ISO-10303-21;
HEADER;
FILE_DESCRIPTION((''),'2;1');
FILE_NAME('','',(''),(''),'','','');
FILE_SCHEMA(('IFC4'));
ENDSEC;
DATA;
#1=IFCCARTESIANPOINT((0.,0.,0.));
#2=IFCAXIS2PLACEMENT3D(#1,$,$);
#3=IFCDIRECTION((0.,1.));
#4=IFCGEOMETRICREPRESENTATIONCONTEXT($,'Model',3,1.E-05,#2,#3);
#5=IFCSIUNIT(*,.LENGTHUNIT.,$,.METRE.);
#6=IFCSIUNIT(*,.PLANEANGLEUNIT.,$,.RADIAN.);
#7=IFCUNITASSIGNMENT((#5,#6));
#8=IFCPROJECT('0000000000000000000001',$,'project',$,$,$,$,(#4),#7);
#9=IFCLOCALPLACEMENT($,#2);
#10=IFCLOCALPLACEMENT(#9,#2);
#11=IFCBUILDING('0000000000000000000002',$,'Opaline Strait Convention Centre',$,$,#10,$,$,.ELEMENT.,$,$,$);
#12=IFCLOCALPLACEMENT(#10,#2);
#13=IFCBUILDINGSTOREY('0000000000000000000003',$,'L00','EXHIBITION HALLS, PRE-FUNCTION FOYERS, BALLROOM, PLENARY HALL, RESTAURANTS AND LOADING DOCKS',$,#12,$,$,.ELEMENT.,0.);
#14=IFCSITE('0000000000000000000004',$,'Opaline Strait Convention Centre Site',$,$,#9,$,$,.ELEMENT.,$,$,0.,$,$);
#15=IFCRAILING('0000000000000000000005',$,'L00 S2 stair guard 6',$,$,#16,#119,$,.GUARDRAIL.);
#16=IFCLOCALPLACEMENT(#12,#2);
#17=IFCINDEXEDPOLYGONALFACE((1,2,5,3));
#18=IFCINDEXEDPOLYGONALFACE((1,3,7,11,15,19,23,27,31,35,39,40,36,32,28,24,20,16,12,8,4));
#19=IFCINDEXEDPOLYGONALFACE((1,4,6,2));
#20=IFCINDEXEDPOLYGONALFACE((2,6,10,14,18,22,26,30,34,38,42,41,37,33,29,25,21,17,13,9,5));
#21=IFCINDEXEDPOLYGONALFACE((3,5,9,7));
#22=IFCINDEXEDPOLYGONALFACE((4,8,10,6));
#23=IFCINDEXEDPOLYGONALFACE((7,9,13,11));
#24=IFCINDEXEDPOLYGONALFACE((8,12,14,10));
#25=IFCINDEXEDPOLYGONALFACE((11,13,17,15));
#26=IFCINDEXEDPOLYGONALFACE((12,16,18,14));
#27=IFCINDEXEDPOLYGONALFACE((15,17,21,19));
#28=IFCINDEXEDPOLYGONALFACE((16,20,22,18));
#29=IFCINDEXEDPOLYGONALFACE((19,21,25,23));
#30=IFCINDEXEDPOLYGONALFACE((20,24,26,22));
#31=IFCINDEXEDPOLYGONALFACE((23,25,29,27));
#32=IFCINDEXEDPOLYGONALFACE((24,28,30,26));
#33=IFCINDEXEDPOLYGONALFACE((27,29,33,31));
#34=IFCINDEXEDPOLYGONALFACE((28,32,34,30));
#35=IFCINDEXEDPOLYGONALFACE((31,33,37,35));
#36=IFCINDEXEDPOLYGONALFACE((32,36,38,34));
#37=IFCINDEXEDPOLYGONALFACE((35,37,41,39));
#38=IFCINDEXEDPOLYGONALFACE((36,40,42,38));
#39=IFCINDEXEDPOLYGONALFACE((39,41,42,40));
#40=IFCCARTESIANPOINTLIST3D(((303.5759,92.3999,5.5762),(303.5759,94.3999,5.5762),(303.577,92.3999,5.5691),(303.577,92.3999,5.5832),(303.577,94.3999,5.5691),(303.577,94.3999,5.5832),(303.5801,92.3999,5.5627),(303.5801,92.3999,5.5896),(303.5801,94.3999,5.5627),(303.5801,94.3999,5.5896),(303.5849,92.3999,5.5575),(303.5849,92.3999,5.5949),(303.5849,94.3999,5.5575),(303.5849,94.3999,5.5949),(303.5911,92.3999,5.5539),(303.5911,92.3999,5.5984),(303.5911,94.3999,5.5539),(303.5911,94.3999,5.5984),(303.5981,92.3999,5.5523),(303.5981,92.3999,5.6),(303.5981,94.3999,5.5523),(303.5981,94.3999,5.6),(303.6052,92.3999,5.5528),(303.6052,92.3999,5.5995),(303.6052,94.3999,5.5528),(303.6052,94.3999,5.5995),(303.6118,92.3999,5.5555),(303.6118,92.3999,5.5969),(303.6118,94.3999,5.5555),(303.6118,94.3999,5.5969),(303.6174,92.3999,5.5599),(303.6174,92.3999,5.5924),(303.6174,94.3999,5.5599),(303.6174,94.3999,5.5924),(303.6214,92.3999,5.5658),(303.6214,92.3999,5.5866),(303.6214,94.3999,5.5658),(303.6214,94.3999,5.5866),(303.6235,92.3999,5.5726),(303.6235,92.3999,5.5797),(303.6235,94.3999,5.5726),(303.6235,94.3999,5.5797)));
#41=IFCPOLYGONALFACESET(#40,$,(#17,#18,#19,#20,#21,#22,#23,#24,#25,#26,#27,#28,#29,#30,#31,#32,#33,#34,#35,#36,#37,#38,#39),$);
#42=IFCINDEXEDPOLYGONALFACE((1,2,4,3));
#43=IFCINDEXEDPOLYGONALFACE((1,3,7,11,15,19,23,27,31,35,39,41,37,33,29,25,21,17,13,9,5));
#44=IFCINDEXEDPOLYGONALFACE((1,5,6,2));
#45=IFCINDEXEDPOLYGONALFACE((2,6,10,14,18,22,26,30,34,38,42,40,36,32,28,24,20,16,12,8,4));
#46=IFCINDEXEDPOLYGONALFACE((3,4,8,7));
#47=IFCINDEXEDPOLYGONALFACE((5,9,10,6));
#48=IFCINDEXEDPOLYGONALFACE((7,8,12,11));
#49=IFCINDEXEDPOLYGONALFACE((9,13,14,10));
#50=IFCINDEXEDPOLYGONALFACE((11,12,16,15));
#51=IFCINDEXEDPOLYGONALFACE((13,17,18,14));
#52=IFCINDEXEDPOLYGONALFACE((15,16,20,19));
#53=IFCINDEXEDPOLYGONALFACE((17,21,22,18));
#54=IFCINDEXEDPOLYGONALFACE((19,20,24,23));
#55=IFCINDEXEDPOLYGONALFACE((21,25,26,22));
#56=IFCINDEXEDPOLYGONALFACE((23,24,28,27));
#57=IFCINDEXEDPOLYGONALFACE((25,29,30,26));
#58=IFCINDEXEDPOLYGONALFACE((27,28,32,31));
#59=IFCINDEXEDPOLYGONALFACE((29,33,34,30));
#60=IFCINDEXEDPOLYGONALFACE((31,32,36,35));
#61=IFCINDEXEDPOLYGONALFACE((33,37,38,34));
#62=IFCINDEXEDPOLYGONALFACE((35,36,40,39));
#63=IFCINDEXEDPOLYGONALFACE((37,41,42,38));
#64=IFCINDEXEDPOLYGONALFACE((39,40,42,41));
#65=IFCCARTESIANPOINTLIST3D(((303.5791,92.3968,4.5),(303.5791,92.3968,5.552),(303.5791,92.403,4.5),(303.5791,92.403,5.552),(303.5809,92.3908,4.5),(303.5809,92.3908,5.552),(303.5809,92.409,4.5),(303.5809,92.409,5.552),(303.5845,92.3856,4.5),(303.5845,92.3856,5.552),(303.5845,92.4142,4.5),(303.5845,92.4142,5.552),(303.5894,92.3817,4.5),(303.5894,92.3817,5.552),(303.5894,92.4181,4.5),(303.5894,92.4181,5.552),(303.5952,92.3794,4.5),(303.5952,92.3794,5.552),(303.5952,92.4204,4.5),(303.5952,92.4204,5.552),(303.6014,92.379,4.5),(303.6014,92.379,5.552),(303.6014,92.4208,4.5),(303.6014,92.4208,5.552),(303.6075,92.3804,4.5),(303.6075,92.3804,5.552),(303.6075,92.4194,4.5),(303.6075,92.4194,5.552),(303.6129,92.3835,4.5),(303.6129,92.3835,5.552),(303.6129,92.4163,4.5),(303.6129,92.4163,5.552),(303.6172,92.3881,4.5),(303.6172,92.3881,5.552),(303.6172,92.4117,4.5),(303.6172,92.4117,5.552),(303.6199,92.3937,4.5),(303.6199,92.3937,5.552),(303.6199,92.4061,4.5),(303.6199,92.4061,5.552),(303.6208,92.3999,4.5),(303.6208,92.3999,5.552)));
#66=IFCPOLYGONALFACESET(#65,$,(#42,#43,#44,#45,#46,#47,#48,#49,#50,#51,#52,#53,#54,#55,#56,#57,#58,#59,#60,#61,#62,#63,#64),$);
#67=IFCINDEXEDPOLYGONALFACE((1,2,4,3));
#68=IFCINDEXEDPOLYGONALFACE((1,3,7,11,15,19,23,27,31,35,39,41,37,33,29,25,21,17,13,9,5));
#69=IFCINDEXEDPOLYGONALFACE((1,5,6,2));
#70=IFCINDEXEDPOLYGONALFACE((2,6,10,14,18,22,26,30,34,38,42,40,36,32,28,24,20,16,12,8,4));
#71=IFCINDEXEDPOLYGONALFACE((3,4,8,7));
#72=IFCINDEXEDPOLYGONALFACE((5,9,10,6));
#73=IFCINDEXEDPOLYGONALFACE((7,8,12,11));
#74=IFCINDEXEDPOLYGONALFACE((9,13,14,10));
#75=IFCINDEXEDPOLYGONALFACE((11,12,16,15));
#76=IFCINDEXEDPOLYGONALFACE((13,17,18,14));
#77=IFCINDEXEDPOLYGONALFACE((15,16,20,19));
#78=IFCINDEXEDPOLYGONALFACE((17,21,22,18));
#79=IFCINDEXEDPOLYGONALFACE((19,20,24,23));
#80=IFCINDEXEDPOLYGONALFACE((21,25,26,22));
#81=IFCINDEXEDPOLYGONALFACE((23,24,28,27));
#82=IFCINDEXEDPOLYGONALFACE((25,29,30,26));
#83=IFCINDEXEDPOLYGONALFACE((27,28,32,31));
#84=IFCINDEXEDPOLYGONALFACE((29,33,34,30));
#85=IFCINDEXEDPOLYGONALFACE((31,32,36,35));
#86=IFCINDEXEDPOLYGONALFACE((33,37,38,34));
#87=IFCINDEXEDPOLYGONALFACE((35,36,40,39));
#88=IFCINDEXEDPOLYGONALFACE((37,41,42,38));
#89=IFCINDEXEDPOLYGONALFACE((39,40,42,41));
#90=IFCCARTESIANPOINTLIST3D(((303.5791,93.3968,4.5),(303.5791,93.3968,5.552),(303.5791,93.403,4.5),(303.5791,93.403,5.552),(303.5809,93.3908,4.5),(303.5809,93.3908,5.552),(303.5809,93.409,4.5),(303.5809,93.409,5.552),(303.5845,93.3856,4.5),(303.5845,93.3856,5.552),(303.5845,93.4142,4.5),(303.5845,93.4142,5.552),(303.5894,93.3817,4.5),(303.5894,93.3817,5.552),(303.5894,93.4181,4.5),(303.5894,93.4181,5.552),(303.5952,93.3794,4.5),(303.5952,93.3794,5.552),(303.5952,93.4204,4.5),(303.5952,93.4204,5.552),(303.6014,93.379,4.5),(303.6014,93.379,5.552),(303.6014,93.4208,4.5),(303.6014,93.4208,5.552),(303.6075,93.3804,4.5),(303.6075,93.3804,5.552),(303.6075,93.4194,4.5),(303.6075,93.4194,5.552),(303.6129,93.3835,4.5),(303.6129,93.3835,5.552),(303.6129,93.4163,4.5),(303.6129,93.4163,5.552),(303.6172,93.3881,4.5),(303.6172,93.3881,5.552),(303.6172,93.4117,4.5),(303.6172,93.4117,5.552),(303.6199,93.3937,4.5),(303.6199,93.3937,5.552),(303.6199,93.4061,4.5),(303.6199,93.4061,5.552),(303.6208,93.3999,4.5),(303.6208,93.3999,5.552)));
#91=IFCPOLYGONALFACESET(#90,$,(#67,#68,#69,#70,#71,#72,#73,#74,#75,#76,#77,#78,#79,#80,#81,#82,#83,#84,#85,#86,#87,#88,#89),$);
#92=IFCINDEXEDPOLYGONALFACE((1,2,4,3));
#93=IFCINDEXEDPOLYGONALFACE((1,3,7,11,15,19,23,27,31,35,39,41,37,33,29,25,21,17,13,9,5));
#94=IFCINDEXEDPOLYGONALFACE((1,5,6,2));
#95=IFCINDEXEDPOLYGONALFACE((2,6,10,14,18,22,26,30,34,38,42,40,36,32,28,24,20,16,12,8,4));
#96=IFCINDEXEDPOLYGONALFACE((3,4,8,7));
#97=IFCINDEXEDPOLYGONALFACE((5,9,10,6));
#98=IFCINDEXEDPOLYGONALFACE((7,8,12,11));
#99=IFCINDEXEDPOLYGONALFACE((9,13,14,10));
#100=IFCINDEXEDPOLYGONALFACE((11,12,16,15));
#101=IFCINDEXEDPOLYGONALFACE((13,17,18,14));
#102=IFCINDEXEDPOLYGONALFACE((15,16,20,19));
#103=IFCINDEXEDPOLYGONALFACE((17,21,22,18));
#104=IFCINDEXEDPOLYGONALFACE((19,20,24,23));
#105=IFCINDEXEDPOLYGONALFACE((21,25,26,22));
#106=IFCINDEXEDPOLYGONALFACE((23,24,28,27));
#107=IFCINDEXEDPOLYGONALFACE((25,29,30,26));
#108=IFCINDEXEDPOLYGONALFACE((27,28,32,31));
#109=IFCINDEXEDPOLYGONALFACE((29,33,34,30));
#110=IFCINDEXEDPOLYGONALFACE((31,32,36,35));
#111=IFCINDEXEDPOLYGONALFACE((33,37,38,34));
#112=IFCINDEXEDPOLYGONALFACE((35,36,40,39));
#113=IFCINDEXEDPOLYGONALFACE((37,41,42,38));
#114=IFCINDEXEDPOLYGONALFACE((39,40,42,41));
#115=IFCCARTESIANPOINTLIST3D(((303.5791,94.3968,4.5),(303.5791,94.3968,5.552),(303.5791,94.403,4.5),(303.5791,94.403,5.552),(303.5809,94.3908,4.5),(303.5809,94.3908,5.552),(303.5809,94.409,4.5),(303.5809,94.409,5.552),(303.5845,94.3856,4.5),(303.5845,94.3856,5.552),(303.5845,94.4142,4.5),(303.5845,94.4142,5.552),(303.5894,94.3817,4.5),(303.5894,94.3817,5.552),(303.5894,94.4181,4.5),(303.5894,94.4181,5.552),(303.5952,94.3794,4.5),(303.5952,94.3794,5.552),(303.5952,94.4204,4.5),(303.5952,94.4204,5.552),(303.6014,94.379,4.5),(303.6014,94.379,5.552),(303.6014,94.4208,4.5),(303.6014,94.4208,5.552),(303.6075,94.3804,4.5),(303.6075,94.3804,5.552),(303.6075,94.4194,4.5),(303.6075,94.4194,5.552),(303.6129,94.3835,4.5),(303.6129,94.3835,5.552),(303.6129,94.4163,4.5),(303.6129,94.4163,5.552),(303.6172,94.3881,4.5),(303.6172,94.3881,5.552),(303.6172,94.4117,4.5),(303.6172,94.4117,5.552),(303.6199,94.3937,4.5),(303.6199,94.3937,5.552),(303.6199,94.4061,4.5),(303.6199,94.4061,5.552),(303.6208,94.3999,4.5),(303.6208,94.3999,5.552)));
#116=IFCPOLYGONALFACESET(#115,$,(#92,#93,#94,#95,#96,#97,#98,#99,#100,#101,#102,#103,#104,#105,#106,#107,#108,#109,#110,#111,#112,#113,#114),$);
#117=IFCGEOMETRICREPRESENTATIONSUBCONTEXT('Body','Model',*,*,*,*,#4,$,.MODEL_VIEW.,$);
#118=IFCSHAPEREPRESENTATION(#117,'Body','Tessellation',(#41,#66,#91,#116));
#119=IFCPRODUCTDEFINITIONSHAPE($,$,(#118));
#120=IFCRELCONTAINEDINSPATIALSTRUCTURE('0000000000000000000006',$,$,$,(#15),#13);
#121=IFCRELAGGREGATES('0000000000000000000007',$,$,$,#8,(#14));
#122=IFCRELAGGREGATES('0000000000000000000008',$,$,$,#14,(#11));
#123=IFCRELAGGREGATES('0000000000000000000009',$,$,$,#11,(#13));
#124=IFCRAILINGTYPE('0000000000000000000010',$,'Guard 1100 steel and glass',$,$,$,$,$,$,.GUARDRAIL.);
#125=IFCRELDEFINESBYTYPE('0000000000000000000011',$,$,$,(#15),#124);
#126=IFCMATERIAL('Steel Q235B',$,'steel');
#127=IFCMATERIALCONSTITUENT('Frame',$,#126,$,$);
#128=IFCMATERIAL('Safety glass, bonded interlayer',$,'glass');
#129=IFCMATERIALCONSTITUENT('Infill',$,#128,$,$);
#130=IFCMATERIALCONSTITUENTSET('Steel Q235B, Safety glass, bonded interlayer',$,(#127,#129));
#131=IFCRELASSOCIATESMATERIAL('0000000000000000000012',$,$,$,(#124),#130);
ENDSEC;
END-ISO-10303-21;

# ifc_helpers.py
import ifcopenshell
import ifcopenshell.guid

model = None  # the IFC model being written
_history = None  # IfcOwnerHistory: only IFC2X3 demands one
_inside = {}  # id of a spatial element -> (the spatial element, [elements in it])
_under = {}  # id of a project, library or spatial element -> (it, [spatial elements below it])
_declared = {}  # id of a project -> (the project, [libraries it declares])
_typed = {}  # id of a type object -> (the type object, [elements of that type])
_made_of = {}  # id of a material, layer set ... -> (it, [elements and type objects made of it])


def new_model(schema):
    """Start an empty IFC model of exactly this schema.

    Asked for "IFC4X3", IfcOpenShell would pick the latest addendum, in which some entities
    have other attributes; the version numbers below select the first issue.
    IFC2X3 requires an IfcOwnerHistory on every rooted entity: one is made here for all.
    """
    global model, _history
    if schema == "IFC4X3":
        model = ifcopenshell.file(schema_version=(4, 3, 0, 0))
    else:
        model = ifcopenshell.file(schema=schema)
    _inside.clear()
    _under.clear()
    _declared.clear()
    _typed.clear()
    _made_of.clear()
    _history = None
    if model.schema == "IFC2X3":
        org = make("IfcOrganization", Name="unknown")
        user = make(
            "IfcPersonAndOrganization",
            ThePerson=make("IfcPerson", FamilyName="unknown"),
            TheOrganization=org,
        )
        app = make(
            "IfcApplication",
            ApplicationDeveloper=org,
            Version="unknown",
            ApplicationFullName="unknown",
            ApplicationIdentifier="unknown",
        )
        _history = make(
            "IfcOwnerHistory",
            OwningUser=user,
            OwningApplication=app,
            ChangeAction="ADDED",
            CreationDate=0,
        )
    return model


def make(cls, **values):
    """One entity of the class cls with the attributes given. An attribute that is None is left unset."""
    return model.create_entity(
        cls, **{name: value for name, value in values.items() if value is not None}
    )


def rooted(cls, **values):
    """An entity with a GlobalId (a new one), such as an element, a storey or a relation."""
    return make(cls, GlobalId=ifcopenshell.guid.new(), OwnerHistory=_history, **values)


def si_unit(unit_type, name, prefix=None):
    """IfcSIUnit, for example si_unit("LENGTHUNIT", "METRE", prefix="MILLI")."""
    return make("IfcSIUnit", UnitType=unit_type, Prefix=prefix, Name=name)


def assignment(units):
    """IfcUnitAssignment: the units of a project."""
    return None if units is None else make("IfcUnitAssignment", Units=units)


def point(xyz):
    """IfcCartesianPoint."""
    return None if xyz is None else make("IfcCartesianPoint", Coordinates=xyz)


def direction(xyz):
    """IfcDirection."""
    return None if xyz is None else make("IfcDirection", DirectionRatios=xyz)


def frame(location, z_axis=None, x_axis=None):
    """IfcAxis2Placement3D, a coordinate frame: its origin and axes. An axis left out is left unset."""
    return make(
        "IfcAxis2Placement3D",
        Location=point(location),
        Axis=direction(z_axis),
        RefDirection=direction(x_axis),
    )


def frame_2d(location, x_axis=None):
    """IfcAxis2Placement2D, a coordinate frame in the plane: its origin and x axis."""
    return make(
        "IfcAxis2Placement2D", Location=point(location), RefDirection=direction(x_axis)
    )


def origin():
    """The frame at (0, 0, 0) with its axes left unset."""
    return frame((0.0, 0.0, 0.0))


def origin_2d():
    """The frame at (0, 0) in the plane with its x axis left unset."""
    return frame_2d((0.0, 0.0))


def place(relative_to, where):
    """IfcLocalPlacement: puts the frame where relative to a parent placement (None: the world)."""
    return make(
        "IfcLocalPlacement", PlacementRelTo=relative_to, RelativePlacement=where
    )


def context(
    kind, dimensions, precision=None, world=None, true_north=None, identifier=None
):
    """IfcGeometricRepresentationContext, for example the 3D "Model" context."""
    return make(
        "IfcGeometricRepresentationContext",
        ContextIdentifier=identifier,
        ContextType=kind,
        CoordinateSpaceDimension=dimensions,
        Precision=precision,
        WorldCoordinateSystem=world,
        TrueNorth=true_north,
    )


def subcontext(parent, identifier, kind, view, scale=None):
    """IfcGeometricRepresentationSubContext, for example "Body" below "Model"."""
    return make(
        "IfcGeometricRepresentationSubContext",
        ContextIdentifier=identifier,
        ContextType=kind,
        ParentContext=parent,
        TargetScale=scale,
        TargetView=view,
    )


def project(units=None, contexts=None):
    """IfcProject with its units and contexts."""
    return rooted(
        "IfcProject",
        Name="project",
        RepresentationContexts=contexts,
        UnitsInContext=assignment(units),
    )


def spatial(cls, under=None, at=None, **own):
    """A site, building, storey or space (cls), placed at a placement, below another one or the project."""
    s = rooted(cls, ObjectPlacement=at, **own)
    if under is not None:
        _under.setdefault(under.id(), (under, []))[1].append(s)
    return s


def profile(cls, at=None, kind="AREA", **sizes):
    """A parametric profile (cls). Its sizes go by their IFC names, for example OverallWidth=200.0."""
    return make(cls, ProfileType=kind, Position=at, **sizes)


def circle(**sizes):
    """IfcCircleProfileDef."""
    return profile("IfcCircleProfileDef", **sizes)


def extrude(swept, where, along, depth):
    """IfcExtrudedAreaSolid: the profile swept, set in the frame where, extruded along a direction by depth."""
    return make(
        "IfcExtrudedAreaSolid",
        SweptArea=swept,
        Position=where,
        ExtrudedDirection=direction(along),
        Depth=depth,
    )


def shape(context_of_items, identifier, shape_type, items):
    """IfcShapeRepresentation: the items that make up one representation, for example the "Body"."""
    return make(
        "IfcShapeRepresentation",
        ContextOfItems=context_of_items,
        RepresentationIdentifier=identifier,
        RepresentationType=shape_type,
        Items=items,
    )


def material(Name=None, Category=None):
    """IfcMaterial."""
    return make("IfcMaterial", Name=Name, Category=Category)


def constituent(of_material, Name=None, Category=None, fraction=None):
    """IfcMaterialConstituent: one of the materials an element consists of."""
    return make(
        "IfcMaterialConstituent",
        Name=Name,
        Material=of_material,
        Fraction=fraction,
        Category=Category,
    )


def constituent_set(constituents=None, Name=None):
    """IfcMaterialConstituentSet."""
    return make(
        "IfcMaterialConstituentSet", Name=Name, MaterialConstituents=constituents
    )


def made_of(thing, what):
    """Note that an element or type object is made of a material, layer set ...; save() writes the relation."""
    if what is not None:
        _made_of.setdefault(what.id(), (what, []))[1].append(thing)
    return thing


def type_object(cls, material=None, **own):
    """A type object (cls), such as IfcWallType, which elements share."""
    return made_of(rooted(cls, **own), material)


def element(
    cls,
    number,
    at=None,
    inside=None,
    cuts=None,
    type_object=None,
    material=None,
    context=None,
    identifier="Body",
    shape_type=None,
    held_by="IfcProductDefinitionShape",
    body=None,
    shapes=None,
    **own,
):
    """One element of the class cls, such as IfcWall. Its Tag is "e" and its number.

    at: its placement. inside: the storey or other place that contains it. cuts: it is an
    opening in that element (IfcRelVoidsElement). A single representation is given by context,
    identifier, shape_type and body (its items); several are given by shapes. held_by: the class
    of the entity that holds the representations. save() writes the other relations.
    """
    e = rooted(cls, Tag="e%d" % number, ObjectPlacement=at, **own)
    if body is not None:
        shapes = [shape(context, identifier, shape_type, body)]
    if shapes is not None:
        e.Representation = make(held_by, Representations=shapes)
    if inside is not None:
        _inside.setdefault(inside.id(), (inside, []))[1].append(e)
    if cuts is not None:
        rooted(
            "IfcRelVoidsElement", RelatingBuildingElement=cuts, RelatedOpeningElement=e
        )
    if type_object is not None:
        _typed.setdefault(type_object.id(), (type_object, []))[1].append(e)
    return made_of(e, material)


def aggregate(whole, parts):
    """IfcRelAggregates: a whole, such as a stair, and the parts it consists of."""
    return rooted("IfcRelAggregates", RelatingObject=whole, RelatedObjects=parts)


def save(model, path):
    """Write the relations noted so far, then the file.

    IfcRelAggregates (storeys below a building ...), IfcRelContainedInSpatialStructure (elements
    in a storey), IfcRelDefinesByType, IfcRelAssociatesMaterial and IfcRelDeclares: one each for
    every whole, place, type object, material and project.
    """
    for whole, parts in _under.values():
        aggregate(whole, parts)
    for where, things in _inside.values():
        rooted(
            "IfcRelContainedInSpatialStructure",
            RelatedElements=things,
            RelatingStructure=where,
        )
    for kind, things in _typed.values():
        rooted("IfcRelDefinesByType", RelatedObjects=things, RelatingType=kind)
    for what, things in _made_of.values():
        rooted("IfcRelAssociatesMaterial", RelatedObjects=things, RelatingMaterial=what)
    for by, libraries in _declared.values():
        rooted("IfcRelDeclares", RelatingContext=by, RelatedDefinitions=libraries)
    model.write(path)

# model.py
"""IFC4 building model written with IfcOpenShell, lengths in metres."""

from ifc_helpers import new_model, si_unit, direction, frame, origin, origin_2d, place, context, subcontext, project, spatial, circle, extrude, material, constituent, constituent_set, type_object, element, save


model = new_model("IFC4")

# Units and contexts
model_context = context("Model", 3, precision=1e-05, world=origin(), true_north=direction((0.0, 1.0)))
body_context = subcontext(model_context, "Body", "Model", "MODEL_VIEW")
ifc_project = project(units=[si_unit("LENGTHUNIT", "METRE"), si_unit("PLANEANGLEUNIT", "RADIAN")], contexts=[model_context])

# Site, building, storey
site_placement = place(None, origin())
site = spatial("IfcSite", under=ifc_project, at=site_placement, Name="Opaline Strait Convention Centre Site", CompositionType="ELEMENT", RefElevation=0.0)
building_placement = place(site_placement, origin())
building = spatial("IfcBuilding", under=site, at=building_placement, Name="Opaline Strait Convention Centre", CompositionType="ELEMENT")
storey_placement = place(building_placement, origin())
storey = spatial("IfcBuildingStorey", under=building, at=storey_placement, Name="L00", Description="EXHIBITION HALLS, PRE-FUNCTION FOYERS, BALLROOM, PLENARY HALL, RESTAURANTS AND LOADING DOCKS", CompositionType="ELEMENT", Elevation=0.0)

# Railing
ifc_material_1 = material(Name="Steel Q235B", Category="steel")
ifc_constituent_1 = constituent(ifc_material_1, Name="Frame")
ifc_material_2 = material(Name="Safety glass, bonded interlayer", Category="glass")
ifc_constituent_2 = constituent(ifc_material_2, Name="Infill")
ifc_constituent_set = constituent_set(constituents=[ifc_constituent_1, ifc_constituent_2], Name="Steel Q235B, Safety glass, bonded interlayer")
railing_type_1 = type_object("IfcRailingType", Name="Guard 1100 steel and glass", PredefinedType="GUARDRAIL", material=ifc_constituent_set)
railing_1_placement = place(storey_placement, frame((303.5999, 92.3999, 4.5)))
element("IfcRailing", 1, at=railing_1_placement, inside=storey, type_object=railing_type_1, Name="L00 S2 stair guard 6", PredefinedType="GUARDRAIL", context=body_context, shape_type="SweptSolid", body=[
    extrude(circle(Radius=0.0239, at=origin_2d()), frame((0.0, 0.0, 1.0762), z_axis=(0.0, 1.0, 0.0), x_axis=(-1.0, 0.0, 0.0)), (0.0, 0.0, 1.0), 2.0),
    extrude(circle(Radius=0.021, at=origin_2d()), origin(), (0.0, 0.0, 1.0), 1.052),
    extrude(circle(Radius=0.021, at=origin_2d()), frame((0.0, 1.0, 0.0)), (0.0, 0.0, 1.0), 1.052),
    extrude(circle(Radius=0.021, at=origin_2d()), frame((0.0, 2.0, 0.0)), (0.0, 0.0, 1.0), 1.052),
])

save(model, "model.ifc")
